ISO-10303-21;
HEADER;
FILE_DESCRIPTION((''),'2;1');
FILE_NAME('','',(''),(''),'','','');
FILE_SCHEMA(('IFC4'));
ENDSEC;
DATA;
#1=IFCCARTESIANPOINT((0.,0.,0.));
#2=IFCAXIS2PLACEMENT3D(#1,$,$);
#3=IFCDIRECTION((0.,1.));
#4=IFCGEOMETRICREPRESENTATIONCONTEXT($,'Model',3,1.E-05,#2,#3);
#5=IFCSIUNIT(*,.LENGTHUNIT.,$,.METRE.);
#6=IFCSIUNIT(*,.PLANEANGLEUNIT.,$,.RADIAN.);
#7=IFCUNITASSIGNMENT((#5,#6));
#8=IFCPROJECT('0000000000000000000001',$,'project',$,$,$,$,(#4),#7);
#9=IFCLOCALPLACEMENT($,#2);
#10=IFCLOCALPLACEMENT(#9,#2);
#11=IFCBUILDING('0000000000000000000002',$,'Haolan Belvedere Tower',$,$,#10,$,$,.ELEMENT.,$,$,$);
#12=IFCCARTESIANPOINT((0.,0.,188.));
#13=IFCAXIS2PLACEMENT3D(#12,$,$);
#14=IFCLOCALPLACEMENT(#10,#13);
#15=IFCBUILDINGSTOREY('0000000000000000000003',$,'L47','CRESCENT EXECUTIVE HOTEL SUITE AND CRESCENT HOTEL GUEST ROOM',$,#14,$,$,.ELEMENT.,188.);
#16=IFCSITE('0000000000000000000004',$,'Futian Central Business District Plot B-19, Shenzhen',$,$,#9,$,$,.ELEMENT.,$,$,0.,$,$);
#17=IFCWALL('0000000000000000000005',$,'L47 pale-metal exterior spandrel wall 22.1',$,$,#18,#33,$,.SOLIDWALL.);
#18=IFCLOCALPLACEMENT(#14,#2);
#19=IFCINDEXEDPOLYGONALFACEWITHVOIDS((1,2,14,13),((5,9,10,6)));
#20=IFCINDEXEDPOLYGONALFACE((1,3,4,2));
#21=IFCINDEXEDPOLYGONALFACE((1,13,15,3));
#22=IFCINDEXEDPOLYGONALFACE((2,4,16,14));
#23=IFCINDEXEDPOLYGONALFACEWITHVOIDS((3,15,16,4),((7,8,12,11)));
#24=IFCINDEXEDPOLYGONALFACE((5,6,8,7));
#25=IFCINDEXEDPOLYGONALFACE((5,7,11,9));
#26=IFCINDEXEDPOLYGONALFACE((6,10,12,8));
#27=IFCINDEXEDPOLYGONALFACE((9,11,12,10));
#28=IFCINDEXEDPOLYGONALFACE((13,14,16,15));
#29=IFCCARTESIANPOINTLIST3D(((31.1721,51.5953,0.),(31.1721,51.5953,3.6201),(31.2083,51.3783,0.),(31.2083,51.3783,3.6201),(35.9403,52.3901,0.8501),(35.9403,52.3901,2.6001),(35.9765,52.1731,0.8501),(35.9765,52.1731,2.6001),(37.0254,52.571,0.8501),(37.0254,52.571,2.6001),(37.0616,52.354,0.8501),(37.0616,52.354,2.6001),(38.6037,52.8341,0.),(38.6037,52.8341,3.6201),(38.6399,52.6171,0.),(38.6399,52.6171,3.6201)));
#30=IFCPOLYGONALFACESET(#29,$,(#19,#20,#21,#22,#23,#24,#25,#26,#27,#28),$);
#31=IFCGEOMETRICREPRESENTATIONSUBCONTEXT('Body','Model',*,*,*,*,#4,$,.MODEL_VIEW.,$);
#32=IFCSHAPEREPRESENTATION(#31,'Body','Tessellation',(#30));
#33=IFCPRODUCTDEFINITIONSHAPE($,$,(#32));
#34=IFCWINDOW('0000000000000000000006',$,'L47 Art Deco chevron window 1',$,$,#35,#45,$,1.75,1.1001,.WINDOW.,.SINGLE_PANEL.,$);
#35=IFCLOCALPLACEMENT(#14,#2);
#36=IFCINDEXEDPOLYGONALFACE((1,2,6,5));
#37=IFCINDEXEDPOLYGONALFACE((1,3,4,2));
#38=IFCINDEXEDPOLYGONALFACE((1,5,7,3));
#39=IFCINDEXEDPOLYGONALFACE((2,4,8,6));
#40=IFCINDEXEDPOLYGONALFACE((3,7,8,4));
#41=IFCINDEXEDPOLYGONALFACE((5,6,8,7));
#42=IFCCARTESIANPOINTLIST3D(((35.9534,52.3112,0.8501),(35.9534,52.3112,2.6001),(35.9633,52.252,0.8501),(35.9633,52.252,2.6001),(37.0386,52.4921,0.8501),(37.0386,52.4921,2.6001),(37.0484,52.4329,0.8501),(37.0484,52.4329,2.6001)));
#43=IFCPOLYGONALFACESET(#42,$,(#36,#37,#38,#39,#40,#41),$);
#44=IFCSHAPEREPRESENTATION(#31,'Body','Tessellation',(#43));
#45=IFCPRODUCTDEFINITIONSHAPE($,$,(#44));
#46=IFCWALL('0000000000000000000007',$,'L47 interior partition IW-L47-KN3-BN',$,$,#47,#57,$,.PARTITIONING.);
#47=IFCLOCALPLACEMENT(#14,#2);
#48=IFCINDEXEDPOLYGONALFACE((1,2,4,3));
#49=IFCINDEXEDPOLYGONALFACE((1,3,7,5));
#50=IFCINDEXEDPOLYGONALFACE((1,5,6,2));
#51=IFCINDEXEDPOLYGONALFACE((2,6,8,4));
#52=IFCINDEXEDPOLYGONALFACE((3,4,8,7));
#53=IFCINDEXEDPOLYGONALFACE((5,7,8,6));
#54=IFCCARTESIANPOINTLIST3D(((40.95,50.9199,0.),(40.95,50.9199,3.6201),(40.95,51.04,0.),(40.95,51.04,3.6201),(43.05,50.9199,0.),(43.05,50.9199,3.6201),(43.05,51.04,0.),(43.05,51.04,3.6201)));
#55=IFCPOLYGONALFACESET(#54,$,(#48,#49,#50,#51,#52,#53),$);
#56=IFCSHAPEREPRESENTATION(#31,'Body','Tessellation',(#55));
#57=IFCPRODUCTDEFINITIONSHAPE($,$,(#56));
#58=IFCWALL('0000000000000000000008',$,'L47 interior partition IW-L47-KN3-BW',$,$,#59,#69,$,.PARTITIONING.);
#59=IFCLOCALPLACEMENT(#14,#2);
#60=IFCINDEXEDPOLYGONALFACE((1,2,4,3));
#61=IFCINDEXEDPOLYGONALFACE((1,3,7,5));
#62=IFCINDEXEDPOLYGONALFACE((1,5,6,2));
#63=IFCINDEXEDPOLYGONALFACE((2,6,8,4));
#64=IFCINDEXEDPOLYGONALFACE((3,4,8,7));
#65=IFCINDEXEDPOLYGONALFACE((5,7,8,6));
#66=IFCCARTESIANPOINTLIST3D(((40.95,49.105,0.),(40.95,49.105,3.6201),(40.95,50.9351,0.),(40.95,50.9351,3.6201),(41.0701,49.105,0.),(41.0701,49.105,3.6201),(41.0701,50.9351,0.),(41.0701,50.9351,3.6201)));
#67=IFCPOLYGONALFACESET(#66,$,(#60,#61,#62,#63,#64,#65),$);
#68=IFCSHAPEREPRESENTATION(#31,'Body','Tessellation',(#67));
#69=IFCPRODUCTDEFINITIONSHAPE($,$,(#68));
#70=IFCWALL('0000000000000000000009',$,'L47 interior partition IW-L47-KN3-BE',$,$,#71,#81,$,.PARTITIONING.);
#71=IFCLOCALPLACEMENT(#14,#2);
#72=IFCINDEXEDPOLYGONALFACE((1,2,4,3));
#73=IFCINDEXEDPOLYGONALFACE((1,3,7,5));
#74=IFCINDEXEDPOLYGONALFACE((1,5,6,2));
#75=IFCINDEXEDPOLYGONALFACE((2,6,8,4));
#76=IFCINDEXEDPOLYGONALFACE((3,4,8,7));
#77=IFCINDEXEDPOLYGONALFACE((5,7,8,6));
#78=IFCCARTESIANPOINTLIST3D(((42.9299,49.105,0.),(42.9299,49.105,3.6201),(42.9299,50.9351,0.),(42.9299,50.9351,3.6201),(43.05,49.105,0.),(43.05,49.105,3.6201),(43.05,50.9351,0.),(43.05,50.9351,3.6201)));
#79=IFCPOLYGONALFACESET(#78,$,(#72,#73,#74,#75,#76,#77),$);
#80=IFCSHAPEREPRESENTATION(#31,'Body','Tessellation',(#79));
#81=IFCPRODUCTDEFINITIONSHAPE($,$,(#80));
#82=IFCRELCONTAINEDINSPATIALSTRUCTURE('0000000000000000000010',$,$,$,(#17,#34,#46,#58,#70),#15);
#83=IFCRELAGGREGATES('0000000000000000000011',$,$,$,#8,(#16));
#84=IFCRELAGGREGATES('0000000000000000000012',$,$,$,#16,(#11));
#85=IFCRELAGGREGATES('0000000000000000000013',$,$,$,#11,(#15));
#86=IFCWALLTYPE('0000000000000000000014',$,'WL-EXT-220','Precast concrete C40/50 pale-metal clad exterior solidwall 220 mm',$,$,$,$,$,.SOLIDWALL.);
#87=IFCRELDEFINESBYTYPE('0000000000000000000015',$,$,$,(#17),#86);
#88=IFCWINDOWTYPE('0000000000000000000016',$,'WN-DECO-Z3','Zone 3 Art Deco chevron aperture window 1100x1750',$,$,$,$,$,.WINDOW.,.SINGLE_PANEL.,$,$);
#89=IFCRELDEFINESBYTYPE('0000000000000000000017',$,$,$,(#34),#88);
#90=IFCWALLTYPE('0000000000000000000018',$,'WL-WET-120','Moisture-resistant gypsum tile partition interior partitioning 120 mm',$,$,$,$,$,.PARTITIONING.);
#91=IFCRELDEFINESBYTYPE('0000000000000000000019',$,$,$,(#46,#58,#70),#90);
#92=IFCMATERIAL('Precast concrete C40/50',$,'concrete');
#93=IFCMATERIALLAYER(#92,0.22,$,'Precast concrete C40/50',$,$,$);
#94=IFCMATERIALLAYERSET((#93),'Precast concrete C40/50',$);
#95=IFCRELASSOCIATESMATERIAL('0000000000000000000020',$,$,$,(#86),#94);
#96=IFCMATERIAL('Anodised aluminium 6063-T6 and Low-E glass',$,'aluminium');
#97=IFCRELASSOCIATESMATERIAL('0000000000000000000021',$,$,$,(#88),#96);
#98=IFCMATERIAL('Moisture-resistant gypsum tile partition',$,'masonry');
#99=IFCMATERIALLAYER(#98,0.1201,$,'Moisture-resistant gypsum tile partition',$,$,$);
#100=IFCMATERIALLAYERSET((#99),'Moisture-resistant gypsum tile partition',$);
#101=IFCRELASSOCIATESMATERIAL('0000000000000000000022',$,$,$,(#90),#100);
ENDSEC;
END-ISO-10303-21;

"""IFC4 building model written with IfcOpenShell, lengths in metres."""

from ifc_helpers import new_model, si_unit, direction, frame, frame_2d, origin, place, context, subcontext, project, spatial, rectangle, extrude, material, layer, layer_set, type_object, element, fill, save


model = new_model("IFC4")

# Units and contexts
model_context = context("Model", 3, precision=1e-05, world=origin(), true_north=direction((0.0, 1.0)))
body_context = subcontext(model_context, "Body", "Model", "MODEL_VIEW")
ifc_project = project(units=[si_unit("LENGTHUNIT", "METRE"), si_unit("PLANEANGLEUNIT", "RADIAN")], contexts=[model_context])

# Site, building, storey
site_placement = place(None, origin())
site = spatial("IfcSite", under=ifc_project, at=site_placement, Name="Futian Central Business District Plot B-19, Shenzhen", CompositionType="ELEMENT", RefElevation=0.0)
building_placement = place(site_placement, origin())
building = spatial("IfcBuilding", under=site, at=building_placement, Name="Haolan Belvedere Tower", CompositionType="ELEMENT")
storey_placement = place(building_placement, frame((0.0, 0.0, 188.0)))
storey = spatial("IfcBuildingStorey", under=building, at=storey_placement, Name="L47", Description="CRESCENT EXECUTIVE HOTEL SUITE AND CRESCENT HOTEL GUEST ROOM", CompositionType="ELEMENT", Elevation=188.0)

# Wall, opening, window
ifc_material_1 = material(Name="Precast concrete C40/50", Category="concrete")
ifc_layer_1 = layer(ifc_material_1, 0.22, Name="Precast concrete C40/50")
ifc_layer_set_1 = layer_set([ifc_layer_1], Name="Precast concrete C40/50")
wall_type_1 = type_object("IfcWallType", Name="WL-EXT-220", Description="Precast concrete C40/50 pale-metal clad exterior solidwall 220 mm", PredefinedType="SOLIDWALL", material=ifc_layer_set_1)
wall_1_placement = place(storey_placement, frame((38.6218, 52.7256, 0.0), z_axis=(0.0, 0.0, 1.0), x_axis=(-0.98639, -0.16442, 0.0)))
wall_1 = element("IfcWall", 1, at=wall_1_placement, inside=storey, type_object=wall_type_1, Name="L47 pale-metal exterior spandrel wall 22.1", PredefinedType="SOLIDWALL", context=body_context, shape_type="SweptSolid", body=[
    extrude(rectangle(XDim=7.5342, YDim=0.22, at=frame_2d((3.7671, 0.0))), origin(), (0.0, 0.0, 1.0), 3.6201),
])
opening_placement = place(wall_1_placement, frame((1.6001, 0.0, 0.8501)))
opening = element("IfcOpeningElement", 2, at=opening_placement, cuts=wall_1, PredefinedType="OPENING", context=body_context, shape_type="SweptSolid", body=[
    extrude(rectangle(XDim=1.1001, YDim=1.75, at=frame_2d((0.55, 0.875))), frame((0.0, 0.1199, 0.0), z_axis=(0.0, -1.0, 0.0), x_axis=(1.0, 0.0, 0.0)), (0.0, 0.0, 1.0), 0.24),
])
ifc_material_2 = material(Name="Anodised aluminium 6063-T6 and Low-E glass", Category="aluminium")
window_type = type_object("IfcWindowType", Name="WN-DECO-Z3", Description="Zone 3 Art Deco chevron aperture window 1100x1750", PartitioningType="SINGLE_PANEL", PredefinedType="WINDOW", material=ifc_material_2)
window_placement = place(opening_placement, origin())
window = element("IfcWindow", 3, at=window_placement, inside=storey, type_object=window_type, Name="L47 Art Deco chevron window 1", OverallHeight=1.75, OverallWidth=1.1001, PartitioningType="SINGLE_PANEL", PredefinedType="WINDOW", context=body_context, shape_type="SweptSolid", body=[
    extrude(rectangle(XDim=1.1001, YDim=1.75, at=frame_2d((0.55, 0.875))), frame((0.0, 0.03, 0.0), z_axis=(0.0, -1.0, 0.0), x_axis=(1.0, 0.0, 0.0)), (0.0, 0.0, 1.0), 0.0601),
])
fill(opening, window)

# Walls
ifc_material_3 = material(Name="Moisture-resistant gypsum tile partition", Category="masonry")
ifc_layer_2 = layer(ifc_material_3, 0.1201, Name="Moisture-resistant gypsum tile partition")
ifc_layer_set_2 = layer_set([ifc_layer_2], Name="Moisture-resistant gypsum tile partition")
wall_type_2 = type_object("IfcWallType", Name="WL-WET-120", Description="Moisture-resistant gypsum tile partition interior partitioning 120 mm", PredefinedType="PARTITIONING", material=ifc_layer_set_2)
wall_2_placement = place(storey_placement, frame((40.95, 50.98, 0.0), z_axis=(0.0, 0.0, 1.0), x_axis=(1.0, 0.0, 0.0)))
element("IfcWall", 4, at=wall_2_placement, inside=storey, type_object=wall_type_2, Name="L47 interior partition IW-L47-KN3-BN", PredefinedType="PARTITIONING", context=body_context, shape_type="SweptSolid", body=[
    extrude(rectangle(XDim=2.1001, YDim=0.1201, at=frame_2d((1.05, 0.0))), origin(), (0.0, 0.0, 1.0), 3.6201),
])
for number, where, z_axis, x_axis, name in (
    (5, (41.01, 49.105, 0.0), (0.0, 0.0, 1.0), (0.0, 1.0, 0.0), "L47 interior partition IW-L47-KN3-BW"),
    (6, (42.99, 49.105, 0.0), (0.0, 0.0, 1.0), (0.0, 1.0, 0.0), "L47 interior partition IW-L47-KN3-BE"),
):
    element("IfcWall", number, at=place(storey_placement, frame(where, z_axis=z_axis, x_axis=x_axis)), inside=storey, type_object=wall_type_2, Name=name, PredefinedType="PARTITIONING", context=body_context, shape_type="SweptSolid", body=[
        extrude(rectangle(XDim=1.8301, YDim=0.1201, at=frame_2d((0.915, 0.0))), origin(), (0.0, 0.0, 1.0), 3.6201),
    ])

save(model, "model.ifc")
